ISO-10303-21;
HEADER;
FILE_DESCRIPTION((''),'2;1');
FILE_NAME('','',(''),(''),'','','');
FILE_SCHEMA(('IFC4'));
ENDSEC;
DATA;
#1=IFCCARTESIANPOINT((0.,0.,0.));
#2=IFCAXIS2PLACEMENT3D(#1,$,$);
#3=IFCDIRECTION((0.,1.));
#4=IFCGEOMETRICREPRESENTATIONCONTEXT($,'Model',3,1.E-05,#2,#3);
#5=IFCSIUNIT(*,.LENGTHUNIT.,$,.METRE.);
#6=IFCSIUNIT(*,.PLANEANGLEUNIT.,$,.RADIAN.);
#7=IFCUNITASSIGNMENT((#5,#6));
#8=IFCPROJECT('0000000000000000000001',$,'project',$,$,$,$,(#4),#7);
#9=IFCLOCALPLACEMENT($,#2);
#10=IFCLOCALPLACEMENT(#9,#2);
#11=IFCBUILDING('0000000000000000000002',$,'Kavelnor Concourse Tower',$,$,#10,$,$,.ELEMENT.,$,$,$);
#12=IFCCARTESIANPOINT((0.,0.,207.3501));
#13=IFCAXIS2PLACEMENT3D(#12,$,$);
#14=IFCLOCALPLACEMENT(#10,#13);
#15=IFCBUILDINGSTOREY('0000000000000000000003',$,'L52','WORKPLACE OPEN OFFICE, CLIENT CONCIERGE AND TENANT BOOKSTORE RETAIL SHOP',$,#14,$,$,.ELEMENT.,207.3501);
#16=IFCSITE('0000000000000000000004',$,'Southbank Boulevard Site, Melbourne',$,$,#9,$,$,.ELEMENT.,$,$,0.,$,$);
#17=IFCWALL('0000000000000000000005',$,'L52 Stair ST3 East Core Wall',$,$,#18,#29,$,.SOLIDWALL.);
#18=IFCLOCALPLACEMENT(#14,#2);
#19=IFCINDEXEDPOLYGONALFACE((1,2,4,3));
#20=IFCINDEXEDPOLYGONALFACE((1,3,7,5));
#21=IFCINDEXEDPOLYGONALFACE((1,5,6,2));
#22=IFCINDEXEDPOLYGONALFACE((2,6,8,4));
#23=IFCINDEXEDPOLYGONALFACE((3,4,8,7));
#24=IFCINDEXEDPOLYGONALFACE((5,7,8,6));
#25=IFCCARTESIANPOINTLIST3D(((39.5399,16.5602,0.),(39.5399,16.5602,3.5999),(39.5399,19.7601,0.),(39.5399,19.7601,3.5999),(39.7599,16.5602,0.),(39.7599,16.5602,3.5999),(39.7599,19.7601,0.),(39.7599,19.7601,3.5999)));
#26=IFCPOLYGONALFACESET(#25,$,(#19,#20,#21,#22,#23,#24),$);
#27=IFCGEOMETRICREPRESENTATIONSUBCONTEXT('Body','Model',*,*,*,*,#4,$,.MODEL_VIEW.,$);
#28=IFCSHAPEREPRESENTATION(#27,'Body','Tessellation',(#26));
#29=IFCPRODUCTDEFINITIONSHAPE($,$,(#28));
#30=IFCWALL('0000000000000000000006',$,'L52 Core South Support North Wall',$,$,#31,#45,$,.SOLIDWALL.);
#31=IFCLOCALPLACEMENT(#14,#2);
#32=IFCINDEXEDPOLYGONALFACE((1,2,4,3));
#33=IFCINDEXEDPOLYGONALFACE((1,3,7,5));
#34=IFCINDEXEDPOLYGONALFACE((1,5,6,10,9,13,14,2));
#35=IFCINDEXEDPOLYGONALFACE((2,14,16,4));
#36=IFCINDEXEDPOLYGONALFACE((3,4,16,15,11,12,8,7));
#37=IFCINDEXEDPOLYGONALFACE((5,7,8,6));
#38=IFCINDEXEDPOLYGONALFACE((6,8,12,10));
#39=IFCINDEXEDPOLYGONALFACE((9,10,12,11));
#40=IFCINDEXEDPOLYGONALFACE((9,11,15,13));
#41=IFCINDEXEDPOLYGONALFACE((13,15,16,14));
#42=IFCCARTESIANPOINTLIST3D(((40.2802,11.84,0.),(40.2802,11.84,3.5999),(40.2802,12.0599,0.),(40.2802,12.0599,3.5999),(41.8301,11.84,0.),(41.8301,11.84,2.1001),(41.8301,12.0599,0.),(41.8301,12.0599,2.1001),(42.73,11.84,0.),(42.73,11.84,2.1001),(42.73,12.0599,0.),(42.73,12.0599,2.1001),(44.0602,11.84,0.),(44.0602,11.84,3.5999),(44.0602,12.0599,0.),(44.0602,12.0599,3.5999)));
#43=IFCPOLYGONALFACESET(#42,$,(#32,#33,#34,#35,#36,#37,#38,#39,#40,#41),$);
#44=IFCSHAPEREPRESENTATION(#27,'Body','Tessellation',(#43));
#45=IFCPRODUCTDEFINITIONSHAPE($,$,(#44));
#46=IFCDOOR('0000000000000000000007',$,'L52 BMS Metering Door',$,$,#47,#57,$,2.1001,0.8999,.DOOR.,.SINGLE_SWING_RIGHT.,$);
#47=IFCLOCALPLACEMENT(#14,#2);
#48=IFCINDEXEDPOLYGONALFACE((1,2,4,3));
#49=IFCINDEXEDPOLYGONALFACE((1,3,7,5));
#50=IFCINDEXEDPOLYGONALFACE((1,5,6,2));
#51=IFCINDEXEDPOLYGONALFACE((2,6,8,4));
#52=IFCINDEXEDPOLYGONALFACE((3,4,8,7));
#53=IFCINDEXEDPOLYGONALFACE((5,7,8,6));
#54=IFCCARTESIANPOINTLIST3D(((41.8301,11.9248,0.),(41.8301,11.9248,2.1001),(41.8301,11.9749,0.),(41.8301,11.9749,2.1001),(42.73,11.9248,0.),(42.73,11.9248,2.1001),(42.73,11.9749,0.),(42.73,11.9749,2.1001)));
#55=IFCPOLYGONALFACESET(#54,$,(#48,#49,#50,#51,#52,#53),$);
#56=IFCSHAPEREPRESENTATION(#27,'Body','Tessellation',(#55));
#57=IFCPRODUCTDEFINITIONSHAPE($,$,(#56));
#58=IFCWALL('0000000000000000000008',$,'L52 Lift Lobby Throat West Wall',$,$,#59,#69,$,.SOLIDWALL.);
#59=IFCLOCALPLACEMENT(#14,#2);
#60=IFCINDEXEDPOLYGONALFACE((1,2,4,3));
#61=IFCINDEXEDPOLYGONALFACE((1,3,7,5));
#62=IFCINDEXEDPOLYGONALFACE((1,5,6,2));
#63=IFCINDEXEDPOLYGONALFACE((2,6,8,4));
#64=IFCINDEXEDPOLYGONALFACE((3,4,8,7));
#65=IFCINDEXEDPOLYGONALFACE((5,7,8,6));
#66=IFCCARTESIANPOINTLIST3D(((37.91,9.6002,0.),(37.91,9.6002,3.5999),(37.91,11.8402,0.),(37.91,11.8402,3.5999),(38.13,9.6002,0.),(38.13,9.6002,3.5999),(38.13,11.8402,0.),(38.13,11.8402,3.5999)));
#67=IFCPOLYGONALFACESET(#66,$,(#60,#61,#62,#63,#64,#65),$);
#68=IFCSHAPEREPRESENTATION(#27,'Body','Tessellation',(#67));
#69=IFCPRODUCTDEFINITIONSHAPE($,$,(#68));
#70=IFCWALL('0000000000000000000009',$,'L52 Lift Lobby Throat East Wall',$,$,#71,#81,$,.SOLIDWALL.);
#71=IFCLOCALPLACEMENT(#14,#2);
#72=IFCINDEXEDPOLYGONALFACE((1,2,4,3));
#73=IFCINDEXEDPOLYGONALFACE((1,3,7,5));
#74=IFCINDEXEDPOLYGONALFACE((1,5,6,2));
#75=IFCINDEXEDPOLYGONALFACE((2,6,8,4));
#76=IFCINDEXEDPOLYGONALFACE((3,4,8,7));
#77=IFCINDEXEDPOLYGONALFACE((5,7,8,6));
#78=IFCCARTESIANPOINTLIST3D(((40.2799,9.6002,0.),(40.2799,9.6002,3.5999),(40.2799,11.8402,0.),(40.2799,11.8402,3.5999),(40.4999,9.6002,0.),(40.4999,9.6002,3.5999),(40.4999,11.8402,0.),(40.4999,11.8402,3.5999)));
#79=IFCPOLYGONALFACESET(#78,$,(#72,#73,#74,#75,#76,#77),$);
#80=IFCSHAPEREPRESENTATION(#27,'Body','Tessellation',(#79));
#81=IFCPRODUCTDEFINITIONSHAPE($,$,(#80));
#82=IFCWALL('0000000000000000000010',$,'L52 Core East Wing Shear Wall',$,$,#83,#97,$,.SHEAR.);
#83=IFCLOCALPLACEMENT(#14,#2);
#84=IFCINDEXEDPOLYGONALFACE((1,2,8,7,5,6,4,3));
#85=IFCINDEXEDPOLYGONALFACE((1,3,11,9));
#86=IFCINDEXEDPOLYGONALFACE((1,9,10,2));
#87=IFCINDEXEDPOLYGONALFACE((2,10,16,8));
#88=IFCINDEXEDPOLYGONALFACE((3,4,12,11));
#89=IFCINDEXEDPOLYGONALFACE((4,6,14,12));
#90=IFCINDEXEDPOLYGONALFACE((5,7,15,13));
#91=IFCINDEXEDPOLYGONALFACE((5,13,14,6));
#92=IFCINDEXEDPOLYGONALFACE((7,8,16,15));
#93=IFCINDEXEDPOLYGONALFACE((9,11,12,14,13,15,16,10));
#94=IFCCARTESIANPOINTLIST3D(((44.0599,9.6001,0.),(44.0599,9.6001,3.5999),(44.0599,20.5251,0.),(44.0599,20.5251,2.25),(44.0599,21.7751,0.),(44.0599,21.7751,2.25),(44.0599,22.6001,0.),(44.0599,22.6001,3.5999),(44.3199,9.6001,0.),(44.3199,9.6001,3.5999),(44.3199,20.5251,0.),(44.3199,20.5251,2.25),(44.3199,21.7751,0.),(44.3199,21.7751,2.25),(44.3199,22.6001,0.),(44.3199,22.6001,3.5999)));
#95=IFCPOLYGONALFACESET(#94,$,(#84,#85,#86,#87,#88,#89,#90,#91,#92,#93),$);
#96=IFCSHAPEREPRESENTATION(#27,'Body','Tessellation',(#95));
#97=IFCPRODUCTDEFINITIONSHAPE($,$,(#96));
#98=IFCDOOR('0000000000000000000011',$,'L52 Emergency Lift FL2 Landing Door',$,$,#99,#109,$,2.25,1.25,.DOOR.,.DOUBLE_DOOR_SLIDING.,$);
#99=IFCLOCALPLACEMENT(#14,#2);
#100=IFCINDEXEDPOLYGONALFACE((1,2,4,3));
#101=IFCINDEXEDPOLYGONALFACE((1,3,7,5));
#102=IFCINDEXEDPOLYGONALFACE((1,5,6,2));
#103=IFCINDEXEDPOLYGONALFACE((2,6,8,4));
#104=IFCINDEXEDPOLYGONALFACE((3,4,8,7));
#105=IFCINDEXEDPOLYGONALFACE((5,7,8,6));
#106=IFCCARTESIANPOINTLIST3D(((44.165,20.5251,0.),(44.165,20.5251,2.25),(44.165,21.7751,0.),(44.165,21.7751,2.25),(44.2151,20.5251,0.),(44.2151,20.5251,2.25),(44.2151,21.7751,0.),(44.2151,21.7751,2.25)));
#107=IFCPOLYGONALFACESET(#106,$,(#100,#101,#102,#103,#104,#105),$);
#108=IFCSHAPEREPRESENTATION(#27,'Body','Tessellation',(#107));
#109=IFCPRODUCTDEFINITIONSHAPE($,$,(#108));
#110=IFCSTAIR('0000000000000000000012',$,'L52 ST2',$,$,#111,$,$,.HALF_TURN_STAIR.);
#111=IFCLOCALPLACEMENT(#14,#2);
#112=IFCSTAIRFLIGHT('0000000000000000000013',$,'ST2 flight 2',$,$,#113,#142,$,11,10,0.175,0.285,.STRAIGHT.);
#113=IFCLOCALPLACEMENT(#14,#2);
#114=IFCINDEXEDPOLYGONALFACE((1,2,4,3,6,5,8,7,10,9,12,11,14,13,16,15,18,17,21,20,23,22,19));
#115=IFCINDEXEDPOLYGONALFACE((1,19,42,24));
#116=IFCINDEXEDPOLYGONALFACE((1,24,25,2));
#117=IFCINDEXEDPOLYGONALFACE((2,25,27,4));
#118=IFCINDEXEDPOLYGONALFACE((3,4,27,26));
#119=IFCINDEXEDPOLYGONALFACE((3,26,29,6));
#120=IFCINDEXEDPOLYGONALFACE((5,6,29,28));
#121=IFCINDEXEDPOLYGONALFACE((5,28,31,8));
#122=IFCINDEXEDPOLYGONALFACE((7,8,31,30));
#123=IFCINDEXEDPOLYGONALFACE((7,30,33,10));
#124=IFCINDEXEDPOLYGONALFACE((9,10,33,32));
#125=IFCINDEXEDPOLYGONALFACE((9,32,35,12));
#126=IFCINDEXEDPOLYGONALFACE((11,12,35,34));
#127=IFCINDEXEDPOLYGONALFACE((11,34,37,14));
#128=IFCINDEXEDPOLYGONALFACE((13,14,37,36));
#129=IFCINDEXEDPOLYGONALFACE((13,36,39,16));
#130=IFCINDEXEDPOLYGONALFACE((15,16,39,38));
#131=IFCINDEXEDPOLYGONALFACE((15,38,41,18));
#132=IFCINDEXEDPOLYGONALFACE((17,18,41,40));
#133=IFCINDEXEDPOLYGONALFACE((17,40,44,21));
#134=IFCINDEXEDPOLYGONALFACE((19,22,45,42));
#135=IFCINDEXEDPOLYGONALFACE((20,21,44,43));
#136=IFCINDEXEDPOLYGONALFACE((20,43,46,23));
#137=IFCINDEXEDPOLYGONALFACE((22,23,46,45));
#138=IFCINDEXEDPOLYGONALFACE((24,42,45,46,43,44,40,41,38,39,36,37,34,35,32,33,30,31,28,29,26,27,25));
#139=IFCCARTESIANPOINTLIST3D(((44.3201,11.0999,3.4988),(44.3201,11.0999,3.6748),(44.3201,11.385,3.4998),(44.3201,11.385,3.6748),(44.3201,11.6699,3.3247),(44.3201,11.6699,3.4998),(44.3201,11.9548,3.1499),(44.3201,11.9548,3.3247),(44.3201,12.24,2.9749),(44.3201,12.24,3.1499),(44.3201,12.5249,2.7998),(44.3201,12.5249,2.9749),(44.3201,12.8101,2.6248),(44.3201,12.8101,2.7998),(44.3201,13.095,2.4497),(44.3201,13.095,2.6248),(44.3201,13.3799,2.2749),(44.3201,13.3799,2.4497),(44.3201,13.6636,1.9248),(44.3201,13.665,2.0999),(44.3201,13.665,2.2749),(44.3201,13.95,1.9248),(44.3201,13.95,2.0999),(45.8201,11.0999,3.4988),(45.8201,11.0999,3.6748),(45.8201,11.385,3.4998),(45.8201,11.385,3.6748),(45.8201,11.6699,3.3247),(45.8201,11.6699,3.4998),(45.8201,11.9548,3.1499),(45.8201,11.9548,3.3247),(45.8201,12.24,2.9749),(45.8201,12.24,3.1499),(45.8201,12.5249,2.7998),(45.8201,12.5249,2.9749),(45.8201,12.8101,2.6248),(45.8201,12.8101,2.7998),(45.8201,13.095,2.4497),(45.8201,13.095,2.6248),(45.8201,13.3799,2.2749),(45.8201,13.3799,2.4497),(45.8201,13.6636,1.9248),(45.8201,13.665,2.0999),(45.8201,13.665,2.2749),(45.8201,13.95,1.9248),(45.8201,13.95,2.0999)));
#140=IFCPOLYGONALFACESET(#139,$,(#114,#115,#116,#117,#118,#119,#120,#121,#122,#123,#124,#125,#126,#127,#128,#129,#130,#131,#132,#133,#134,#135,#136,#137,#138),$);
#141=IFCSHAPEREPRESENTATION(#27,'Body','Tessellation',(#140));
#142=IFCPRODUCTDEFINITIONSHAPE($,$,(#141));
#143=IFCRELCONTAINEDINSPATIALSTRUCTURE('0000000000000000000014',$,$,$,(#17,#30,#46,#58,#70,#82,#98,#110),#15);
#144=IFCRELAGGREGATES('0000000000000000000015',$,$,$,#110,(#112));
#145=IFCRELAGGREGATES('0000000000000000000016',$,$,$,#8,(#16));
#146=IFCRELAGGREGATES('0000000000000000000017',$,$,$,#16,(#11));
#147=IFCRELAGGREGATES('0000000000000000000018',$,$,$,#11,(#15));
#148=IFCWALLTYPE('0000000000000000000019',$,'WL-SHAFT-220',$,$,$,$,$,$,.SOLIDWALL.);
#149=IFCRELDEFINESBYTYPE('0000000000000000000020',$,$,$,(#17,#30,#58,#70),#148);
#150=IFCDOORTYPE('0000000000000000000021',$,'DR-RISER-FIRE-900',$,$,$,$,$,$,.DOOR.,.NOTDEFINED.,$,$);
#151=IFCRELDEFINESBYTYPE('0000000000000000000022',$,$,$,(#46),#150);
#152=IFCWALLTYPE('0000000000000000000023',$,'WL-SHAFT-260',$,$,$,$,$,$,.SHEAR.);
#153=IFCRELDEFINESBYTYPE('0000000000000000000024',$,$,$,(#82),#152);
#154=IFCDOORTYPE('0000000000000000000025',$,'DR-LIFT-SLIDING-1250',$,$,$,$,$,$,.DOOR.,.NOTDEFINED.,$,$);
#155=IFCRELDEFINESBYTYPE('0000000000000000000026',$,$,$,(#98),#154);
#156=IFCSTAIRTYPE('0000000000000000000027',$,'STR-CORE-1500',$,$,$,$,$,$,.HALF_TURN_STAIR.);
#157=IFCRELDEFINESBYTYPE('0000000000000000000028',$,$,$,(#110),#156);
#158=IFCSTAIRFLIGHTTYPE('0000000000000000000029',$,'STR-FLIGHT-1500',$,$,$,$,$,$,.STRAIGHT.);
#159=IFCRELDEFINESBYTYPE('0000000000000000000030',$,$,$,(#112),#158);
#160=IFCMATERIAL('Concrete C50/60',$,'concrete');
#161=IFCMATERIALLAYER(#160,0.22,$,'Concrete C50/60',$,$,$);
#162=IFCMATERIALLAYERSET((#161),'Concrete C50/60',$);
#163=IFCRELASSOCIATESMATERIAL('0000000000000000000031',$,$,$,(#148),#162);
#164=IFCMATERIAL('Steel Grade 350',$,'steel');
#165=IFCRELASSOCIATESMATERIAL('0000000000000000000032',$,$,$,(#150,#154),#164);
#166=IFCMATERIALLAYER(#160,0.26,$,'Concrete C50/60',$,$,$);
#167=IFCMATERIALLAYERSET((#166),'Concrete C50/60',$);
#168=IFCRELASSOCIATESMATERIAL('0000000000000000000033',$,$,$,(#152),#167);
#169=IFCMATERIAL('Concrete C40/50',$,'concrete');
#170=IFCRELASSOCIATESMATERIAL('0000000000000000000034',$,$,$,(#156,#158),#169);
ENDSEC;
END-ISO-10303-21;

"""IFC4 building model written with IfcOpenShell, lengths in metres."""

from ifc_helpers import new_model, si_unit, direction, frame, frame_2d, origin, place, context, subcontext, project, spatial, polyline, rectangle, outline, extrude, material, layer, layer_set, type_object, element, fill, aggregate, save


model = new_model("IFC4")

# Units and contexts
model_context = context("Model", 3, precision=1e-05, world=origin(), true_north=direction((0.0, 1.0)))
body_context = subcontext(model_context, "Body", "Model", "MODEL_VIEW")
ifc_project = project(units=[si_unit("LENGTHUNIT", "METRE"), si_unit("PLANEANGLEUNIT", "RADIAN")], contexts=[model_context])

# Site, building, storey
site_placement = place(None, origin())
site = spatial("IfcSite", under=ifc_project, at=site_placement, Name="Southbank Boulevard Site, Melbourne", CompositionType="ELEMENT", RefElevation=0.0)
building_placement = place(site_placement, origin())
building = spatial("IfcBuilding", under=site, at=building_placement, Name="Kavelnor Concourse Tower", CompositionType="ELEMENT")
storey_placement = place(building_placement, frame((0.0, 0.0, 207.3501)))
storey = spatial("IfcBuildingStorey", under=building, at=storey_placement, Name="L52", Description="WORKPLACE OPEN OFFICE, CLIENT CONCIERGE AND TENANT BOOKSTORE RETAIL SHOP", CompositionType="ELEMENT", Elevation=207.3501)

# Shared definitions
ifc_material_1 = material(Name="Steel Grade 350", Category="steel")

# Wall
ifc_material_2 = material(Name="Concrete C50/60", Category="concrete")
ifc_layer_1 = layer(ifc_material_2, 0.22, Name="Concrete C50/60")
ifc_layer_set_1 = layer_set([ifc_layer_1], Name="Concrete C50/60")
wall_type_1 = type_object("IfcWallType", Name="WL-SHAFT-220", PredefinedType="SOLIDWALL", material=ifc_layer_set_1)
wall_1_placement = place(storey_placement, frame((39.6499, 16.5601, 0.0), z_axis=(0.0, 0.0, 1.0), x_axis=(0.0, 1.0, 0.0)))
element("IfcWall", 1, at=wall_1_placement, inside=storey, type_object=wall_type_1, Name="L52 Stair ST3 East Core Wall", PredefinedType="SOLIDWALL", context=body_context, shape_type="SweptSolid", body=[
    extrude(rectangle(XDim=3.2, YDim=0.22, at=frame_2d((1.6001, 0.0))), origin(), (0.0, 0.0, 1.0), 3.5999),
])

# Wall, opening, door
wall_2_placement = place(storey_placement, frame((40.28, 11.95, 0.0), z_axis=(0.0, 0.0, 1.0), x_axis=(1.0, 0.0, 0.0)))
wall_2 = element("IfcWall", 2, at=wall_2_placement, inside=storey, type_object=wall_type_1, Name="L52 Core South Support North Wall", PredefinedType="SOLIDWALL", context=body_context, shape_type="SweptSolid", body=[
    extrude(rectangle(XDim=3.78, YDim=0.22, at=frame_2d((1.8901, 0.0))), origin(), (0.0, 0.0, 1.0), 3.5999),
])
opening_1_placement = place(wall_2_placement, frame((1.55, 0.0, 0.0)))
opening_1 = element("IfcOpeningElement", 3, at=opening_1_placement, cuts=wall_2, PredefinedType="OPENING", context=body_context, shape_type="SweptSolid", body=[
    extrude(rectangle(XDim=0.8999, YDim=2.1001, at=frame_2d((0.45, 1.05))), frame((0.0, 0.1201, 0.0), z_axis=(0.0, -1.0, 0.0), x_axis=(1.0, 0.0, 0.0)), (0.0, 0.0, 1.0), 0.24),
])
door_type_1 = type_object("IfcDoorType", Name="DR-RISER-FIRE-900", OperationType="NOTDEFINED", PredefinedType="DOOR", material=ifc_material_1)
door_1_placement = place(opening_1_placement, origin())
door_1 = element("IfcDoor", 4, at=door_1_placement, inside=storey, type_object=door_type_1, Name="L52 BMS Metering Door", OperationType="SINGLE_SWING_RIGHT", OverallHeight=2.1001, OverallWidth=0.8999, PredefinedType="DOOR", context=body_context, shape_type="SweptSolid", body=[
    extrude(rectangle(XDim=0.8999, YDim=2.1001, at=frame_2d((0.45, 1.05))), frame((0.0, 0.0249, 0.0), z_axis=(0.0, -1.0, 0.0), x_axis=(1.0, 0.0, 0.0)), (0.0, 0.0, 1.0), 0.05),
])
fill(opening_1, door_1)

# Walls
for number, where, z_axis, x_axis, name in (
    (5, (38.02, 9.6001, 0.0), (0.0, 0.0, 1.0), (0.0, 1.0, 0.0), "L52 Lift Lobby Throat West Wall"),
    (6, (40.3899, 9.6001, 0.0), (0.0, 0.0, 1.0), (0.0, 1.0, 0.0), "L52 Lift Lobby Throat East Wall"),
):
    element("IfcWall", number, at=place(storey_placement, frame(where, z_axis=z_axis, x_axis=x_axis)), inside=storey, type_object=wall_type_1, Name=name, PredefinedType="SOLIDWALL", context=body_context, shape_type="SweptSolid", body=[
        extrude(rectangle(XDim=2.24, YDim=0.22, at=frame_2d((1.1201, 0.0))), origin(), (0.0, 0.0, 1.0), 3.5999),
    ])

# Wall, opening, door
ifc_layer_2 = layer(ifc_material_2, 0.26, Name="Concrete C50/60")
ifc_layer_set_2 = layer_set([ifc_layer_2], Name="Concrete C50/60")
wall_type_2 = type_object("IfcWallType", Name="WL-SHAFT-260", PredefinedType="SHEAR", material=ifc_layer_set_2)
wall_3_placement = place(storey_placement, frame((44.1899, 9.6001, 0.0), z_axis=(0.0, 0.0, 1.0), x_axis=(0.0, 1.0, 0.0)))
wall_3 = element("IfcWall", 7, at=wall_3_placement, inside=storey, type_object=wall_type_2, Name="L52 Core East Wing Shear Wall", PredefinedType="SHEAR", context=body_context, shape_type="SweptSolid", body=[
    extrude(rectangle(XDim=13.0, YDim=0.26, at=frame_2d((6.5, 0.0))), origin(), (0.0, 0.0, 1.0), 3.5999),
])
opening_2_placement = place(wall_3_placement, frame((10.925, 0.0, 0.0)))
opening_2 = element("IfcOpeningElement", 8, at=opening_2_placement, cuts=wall_3, PredefinedType="OPENING", context=body_context, shape_type="SweptSolid", body=[
    extrude(rectangle(XDim=1.25, YDim=2.25, at=frame_2d((0.625, 1.125))), frame((0.0, 0.1401, 0.0), z_axis=(0.0, -1.0, 0.0), x_axis=(1.0, 0.0, 0.0)), (0.0, 0.0, 1.0), 0.28),
])
door_type_2 = type_object("IfcDoorType", Name="DR-LIFT-SLIDING-1250", OperationType="NOTDEFINED", PredefinedType="DOOR", material=ifc_material_1)
door_2_placement = place(opening_2_placement, origin())
door_2 = element("IfcDoor", 9, at=door_2_placement, inside=storey, type_object=door_type_2, Name="L52 Emergency Lift FL2 Landing Door", OperationType="DOUBLE_DOOR_SLIDING", OverallHeight=2.25, OverallWidth=1.25, PredefinedType="DOOR", context=body_context, shape_type="SweptSolid", body=[
    extrude(rectangle(XDim=1.25, YDim=2.25, at=frame_2d((0.625, 1.125))), frame((0.0, 0.0249, 0.0), z_axis=(0.0, -1.0, 0.0), x_axis=(1.0, 0.0, 0.0)), (0.0, 0.0, 1.0), 0.05),
])
fill(opening_2, door_2)

# Stair, stair flight
ifc_material_3 = material(Name="Concrete C40/50", Category="concrete")
stair_type = type_object("IfcStairType", Name="STR-CORE-1500", PredefinedType="HALF_TURN_STAIR", material=ifc_material_3)
stair_placement = place(storey_placement, origin())
stair = element("IfcStair", 10, at=stair_placement, inside=storey, type_object=stair_type, Name="L52 ST2", PredefinedType="HALF_TURN_STAIR")
stair_flight_type = type_object("IfcStairFlightType", Name="STR-FLIGHT-1500", PredefinedType="STRAIGHT", material=ifc_material_3)
stair_flight_placement = place(storey_placement, frame((45.0701, 13.95, 1.9248), z_axis=(0.0, 0.0, 1.0), x_axis=(0.0, -1.0, 0.0)))
stair_flight = element("IfcStairFlight", 11, at=stair_flight_placement, type_object=stair_flight_type, Name="ST2 flight 2", NumberOfRisers=11, NumberOfTreads=10, PredefinedType="STRAIGHT", RiserHeight=0.175, TreadLength=0.285, context=body_context, shape_type="SweptSolid", body=[
    extrude(outline(polyline([(0.0, 0.0), (0.0, 0.175), (0.2849, 0.175), (0.2849, 0.3501), (0.5701, 0.3501), (0.5701, 0.5249), (0.855, 0.5249), (0.855, 0.7), (1.1399, 0.7), (1.1399, 0.875), (1.425, 0.875), (1.425, 1.05), (1.71, 1.05), (1.71, 1.2251), (1.9951, 1.2251), (1.9951, 1.3999), (2.28, 1.3999), (2.28, 1.575), (2.5649, 1.575), (2.5649, 1.75), (2.8501, 1.75), (2.8501, 1.925), (2.8501, 1.574), (0.2864, 0.0), (0.0, 0.0)])), frame((0.0, 0.75, 0.0), z_axis=(0.0, -1.0, 0.0), x_axis=(1.0, 0.0, 0.0)), (0.0, 0.0, 1.0), 1.5),
])
aggregate(stair, [stair_flight])

save(model, "model.ifc")
